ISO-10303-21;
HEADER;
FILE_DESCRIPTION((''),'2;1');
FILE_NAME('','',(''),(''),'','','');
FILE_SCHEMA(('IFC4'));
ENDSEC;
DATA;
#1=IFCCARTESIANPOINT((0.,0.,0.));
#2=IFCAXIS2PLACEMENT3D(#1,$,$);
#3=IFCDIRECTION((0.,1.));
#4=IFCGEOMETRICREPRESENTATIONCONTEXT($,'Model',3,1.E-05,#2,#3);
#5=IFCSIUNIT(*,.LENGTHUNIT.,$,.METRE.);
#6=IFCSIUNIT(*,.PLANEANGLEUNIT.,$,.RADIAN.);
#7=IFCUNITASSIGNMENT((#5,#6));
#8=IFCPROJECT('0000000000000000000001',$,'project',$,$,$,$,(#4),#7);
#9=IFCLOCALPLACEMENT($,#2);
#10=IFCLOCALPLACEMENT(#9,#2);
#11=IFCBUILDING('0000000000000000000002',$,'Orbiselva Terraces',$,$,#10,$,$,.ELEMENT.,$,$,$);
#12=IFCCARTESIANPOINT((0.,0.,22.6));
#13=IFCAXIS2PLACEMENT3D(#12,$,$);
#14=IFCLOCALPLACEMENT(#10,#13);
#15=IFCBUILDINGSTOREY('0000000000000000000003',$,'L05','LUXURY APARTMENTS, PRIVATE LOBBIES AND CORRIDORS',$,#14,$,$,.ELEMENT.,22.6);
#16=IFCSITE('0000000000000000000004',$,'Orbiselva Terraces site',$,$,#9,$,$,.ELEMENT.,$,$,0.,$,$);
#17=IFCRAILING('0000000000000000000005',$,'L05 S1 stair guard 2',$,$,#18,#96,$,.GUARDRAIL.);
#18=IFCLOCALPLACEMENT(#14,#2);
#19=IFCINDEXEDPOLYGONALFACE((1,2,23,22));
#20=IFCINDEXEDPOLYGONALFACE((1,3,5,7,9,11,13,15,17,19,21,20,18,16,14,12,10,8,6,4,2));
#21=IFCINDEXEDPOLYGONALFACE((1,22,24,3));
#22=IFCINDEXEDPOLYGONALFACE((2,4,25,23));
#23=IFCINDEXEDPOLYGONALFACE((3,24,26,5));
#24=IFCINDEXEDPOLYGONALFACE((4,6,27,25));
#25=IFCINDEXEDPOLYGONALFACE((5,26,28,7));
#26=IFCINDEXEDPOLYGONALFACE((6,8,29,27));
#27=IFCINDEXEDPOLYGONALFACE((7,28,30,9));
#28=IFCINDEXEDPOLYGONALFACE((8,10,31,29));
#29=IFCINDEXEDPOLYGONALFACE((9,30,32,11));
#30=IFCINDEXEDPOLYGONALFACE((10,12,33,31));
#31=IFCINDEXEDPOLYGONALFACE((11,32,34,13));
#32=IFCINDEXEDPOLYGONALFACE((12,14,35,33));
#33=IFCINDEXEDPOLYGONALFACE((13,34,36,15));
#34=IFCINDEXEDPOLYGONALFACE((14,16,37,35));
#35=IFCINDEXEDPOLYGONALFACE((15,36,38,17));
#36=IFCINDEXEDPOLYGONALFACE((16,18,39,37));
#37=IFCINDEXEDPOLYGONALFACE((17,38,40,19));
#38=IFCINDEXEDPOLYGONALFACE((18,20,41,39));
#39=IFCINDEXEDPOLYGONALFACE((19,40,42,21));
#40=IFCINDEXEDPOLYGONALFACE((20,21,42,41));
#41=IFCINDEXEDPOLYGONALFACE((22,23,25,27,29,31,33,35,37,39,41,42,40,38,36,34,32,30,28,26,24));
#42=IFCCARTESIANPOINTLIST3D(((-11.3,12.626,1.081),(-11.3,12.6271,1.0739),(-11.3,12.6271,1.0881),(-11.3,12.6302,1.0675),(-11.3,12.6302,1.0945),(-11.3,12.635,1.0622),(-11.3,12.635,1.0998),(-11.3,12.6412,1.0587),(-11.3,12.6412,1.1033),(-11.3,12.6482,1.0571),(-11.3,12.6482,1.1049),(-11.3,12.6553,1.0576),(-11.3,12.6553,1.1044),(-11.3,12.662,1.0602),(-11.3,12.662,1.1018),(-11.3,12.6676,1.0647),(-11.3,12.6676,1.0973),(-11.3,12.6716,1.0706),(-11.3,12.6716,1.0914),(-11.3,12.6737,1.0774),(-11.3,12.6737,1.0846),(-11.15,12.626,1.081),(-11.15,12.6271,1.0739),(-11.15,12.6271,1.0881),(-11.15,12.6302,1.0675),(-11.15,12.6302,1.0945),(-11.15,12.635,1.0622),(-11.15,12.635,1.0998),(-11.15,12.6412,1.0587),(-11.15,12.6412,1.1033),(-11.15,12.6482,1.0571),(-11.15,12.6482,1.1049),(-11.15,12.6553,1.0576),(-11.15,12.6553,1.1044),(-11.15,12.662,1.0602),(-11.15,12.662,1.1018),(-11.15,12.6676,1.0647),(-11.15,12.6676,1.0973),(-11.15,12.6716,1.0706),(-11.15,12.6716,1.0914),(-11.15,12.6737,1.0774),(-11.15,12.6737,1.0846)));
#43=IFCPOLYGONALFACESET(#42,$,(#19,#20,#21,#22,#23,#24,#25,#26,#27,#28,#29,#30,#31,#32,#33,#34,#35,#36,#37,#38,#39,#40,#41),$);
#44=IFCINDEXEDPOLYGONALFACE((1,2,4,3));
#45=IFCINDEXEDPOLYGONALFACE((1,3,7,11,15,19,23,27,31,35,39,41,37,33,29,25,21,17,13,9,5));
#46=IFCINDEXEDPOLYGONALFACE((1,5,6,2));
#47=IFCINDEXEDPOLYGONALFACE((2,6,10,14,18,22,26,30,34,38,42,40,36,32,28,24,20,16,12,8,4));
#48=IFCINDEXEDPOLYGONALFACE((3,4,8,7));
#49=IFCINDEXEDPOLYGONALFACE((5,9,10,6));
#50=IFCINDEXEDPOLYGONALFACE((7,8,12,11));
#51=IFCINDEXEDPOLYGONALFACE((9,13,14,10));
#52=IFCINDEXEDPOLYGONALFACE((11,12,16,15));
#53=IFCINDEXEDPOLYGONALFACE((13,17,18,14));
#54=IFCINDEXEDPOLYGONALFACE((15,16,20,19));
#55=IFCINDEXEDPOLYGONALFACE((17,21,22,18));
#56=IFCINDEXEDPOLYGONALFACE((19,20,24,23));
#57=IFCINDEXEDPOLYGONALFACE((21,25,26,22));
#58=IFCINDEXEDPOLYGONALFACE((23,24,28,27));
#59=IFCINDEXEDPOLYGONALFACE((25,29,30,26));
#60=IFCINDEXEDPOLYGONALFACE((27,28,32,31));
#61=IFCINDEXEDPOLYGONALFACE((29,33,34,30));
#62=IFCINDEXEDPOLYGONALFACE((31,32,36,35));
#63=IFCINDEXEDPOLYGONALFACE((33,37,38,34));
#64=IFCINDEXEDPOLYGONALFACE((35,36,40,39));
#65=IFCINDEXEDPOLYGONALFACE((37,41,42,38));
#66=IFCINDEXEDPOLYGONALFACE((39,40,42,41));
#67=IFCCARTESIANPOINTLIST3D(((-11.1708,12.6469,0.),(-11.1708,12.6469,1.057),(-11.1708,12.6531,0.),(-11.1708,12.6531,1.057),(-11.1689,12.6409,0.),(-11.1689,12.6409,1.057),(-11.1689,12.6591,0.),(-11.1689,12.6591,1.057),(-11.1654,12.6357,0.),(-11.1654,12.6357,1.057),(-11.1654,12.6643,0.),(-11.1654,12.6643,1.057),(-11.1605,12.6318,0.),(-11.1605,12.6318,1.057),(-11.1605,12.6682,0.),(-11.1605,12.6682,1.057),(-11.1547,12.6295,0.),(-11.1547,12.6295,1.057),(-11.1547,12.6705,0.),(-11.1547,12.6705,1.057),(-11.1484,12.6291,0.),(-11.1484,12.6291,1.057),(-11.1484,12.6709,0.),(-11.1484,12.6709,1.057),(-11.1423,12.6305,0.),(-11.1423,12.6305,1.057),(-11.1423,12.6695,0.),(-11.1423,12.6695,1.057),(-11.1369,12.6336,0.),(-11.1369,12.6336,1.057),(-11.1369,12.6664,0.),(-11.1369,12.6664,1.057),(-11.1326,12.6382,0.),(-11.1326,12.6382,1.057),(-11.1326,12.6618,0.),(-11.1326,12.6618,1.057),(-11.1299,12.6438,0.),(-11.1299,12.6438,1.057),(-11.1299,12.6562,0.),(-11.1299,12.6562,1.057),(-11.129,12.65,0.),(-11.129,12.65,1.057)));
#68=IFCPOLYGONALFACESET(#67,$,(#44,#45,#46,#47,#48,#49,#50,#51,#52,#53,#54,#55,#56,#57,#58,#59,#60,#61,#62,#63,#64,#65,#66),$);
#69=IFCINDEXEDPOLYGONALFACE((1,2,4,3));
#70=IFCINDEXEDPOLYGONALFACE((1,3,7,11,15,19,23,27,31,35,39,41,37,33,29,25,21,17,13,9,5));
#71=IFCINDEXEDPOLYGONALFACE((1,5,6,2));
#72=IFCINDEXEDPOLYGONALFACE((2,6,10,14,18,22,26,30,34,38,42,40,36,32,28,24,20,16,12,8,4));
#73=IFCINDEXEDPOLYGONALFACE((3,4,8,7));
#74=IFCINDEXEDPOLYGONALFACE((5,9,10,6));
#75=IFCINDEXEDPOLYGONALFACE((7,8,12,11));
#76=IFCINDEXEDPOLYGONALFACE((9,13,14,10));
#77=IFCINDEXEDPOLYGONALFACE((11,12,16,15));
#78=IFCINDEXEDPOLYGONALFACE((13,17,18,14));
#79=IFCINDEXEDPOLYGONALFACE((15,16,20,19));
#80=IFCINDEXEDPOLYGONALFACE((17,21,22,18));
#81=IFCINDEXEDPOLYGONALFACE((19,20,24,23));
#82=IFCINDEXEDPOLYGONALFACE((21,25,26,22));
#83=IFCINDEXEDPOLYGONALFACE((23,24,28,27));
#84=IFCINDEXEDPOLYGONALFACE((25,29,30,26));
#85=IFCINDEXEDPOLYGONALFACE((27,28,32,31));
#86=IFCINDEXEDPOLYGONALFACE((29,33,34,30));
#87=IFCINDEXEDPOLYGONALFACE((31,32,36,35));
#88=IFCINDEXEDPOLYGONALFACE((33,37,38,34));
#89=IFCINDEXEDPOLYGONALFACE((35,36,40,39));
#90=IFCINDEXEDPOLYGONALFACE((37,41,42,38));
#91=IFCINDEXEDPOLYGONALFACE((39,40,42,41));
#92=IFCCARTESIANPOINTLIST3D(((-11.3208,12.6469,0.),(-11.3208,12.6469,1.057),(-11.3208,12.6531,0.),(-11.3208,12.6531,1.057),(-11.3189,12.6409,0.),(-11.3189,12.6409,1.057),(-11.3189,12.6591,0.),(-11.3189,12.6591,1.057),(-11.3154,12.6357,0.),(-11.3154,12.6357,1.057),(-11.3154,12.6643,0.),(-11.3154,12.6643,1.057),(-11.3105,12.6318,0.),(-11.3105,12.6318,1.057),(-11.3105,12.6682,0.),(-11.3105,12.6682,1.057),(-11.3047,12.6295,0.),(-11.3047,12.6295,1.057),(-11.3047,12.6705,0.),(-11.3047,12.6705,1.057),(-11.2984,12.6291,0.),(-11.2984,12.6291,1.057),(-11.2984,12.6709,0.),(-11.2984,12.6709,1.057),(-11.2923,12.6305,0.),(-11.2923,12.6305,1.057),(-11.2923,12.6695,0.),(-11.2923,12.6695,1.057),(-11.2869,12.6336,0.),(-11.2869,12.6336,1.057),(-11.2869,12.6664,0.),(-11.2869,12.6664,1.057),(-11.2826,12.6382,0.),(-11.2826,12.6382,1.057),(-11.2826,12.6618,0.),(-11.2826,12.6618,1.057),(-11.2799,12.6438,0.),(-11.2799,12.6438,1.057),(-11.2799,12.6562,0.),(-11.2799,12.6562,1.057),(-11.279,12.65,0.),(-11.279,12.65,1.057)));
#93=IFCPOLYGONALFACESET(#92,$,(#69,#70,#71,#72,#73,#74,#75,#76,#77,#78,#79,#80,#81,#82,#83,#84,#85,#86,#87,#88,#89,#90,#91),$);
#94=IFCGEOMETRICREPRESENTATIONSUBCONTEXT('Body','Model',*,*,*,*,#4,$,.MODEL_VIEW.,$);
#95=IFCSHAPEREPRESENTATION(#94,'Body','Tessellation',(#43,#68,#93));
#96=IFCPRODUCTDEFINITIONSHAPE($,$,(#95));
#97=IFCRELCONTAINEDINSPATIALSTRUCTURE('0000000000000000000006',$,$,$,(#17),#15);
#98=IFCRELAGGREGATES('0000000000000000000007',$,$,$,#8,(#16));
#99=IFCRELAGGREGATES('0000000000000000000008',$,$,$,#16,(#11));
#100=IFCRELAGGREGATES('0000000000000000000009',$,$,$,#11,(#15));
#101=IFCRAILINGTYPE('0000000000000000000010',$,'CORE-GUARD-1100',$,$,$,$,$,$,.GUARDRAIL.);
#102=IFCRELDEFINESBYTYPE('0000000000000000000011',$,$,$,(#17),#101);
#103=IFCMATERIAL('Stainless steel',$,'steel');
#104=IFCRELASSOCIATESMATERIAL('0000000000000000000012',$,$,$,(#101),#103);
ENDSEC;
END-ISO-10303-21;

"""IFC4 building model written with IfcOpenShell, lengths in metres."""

from ifc_helpers import new_model, si_unit, direction, frame, origin, origin_2d, place, context, subcontext, project, spatial, circle, extrude, material, type_object, element, save


model = new_model("IFC4")

# Units and contexts
model_context = context("Model", 3, precision=1e-05, world=origin(), true_north=direction((0.0, 1.0)))
body_context = subcontext(model_context, "Body", "Model", "MODEL_VIEW")
ifc_project = project(units=[si_unit("LENGTHUNIT", "METRE"), si_unit("PLANEANGLEUNIT", "RADIAN")], contexts=[model_context])

# Site, building, storey
site_placement = place(None, origin())
site = spatial("IfcSite", under=ifc_project, at=site_placement, Name="Orbiselva Terraces site", CompositionType="ELEMENT", RefElevation=0.0)
building_placement = place(site_placement, origin())
building = spatial("IfcBuilding", under=site, at=building_placement, Name="Orbiselva Terraces", CompositionType="ELEMENT")
storey_placement = place(building_placement, frame((0.0, 0.0, 22.6)))
storey = spatial("IfcBuildingStorey", under=building, at=storey_placement, Name="L05", Description="LUXURY APARTMENTS, PRIVATE LOBBIES AND CORRIDORS", CompositionType="ELEMENT", Elevation=22.6)

# Railing
ifc_material_1 = material(Name="Stainless steel", Category="steel")
railing_type_1 = type_object("IfcRailingType", Name="CORE-GUARD-1100", PredefinedType="GUARDRAIL", material=ifc_material_1)
railing_1_placement = place(storey_placement, frame((-11.15, 12.65, 0.0)))
element("IfcRailing", 1, at=railing_1_placement, inside=storey, type_object=railing_type_1, Name="L05 S1 stair guard 2", PredefinedType="GUARDRAIL", context=body_context, shape_type="SweptSolid", body=[
    extrude(circle(Radius=0.024, at=origin_2d()), frame((0.0, 0.0, 1.081), z_axis=(-1.0, 0.0, 0.0), x_axis=(0.0, -1.0, 0.0)), (0.0, 0.0, 1.0), 0.15),
    extrude(circle(Radius=0.021, at=origin_2d()), origin(), (0.0, 0.0, 1.0), 1.057),
    extrude(circle(Radius=0.021, at=origin_2d()), frame((-0.15, 0.0, 0.0)), (0.0, 0.0, 1.0), 1.057),
])

save(model, "model.ifc")
